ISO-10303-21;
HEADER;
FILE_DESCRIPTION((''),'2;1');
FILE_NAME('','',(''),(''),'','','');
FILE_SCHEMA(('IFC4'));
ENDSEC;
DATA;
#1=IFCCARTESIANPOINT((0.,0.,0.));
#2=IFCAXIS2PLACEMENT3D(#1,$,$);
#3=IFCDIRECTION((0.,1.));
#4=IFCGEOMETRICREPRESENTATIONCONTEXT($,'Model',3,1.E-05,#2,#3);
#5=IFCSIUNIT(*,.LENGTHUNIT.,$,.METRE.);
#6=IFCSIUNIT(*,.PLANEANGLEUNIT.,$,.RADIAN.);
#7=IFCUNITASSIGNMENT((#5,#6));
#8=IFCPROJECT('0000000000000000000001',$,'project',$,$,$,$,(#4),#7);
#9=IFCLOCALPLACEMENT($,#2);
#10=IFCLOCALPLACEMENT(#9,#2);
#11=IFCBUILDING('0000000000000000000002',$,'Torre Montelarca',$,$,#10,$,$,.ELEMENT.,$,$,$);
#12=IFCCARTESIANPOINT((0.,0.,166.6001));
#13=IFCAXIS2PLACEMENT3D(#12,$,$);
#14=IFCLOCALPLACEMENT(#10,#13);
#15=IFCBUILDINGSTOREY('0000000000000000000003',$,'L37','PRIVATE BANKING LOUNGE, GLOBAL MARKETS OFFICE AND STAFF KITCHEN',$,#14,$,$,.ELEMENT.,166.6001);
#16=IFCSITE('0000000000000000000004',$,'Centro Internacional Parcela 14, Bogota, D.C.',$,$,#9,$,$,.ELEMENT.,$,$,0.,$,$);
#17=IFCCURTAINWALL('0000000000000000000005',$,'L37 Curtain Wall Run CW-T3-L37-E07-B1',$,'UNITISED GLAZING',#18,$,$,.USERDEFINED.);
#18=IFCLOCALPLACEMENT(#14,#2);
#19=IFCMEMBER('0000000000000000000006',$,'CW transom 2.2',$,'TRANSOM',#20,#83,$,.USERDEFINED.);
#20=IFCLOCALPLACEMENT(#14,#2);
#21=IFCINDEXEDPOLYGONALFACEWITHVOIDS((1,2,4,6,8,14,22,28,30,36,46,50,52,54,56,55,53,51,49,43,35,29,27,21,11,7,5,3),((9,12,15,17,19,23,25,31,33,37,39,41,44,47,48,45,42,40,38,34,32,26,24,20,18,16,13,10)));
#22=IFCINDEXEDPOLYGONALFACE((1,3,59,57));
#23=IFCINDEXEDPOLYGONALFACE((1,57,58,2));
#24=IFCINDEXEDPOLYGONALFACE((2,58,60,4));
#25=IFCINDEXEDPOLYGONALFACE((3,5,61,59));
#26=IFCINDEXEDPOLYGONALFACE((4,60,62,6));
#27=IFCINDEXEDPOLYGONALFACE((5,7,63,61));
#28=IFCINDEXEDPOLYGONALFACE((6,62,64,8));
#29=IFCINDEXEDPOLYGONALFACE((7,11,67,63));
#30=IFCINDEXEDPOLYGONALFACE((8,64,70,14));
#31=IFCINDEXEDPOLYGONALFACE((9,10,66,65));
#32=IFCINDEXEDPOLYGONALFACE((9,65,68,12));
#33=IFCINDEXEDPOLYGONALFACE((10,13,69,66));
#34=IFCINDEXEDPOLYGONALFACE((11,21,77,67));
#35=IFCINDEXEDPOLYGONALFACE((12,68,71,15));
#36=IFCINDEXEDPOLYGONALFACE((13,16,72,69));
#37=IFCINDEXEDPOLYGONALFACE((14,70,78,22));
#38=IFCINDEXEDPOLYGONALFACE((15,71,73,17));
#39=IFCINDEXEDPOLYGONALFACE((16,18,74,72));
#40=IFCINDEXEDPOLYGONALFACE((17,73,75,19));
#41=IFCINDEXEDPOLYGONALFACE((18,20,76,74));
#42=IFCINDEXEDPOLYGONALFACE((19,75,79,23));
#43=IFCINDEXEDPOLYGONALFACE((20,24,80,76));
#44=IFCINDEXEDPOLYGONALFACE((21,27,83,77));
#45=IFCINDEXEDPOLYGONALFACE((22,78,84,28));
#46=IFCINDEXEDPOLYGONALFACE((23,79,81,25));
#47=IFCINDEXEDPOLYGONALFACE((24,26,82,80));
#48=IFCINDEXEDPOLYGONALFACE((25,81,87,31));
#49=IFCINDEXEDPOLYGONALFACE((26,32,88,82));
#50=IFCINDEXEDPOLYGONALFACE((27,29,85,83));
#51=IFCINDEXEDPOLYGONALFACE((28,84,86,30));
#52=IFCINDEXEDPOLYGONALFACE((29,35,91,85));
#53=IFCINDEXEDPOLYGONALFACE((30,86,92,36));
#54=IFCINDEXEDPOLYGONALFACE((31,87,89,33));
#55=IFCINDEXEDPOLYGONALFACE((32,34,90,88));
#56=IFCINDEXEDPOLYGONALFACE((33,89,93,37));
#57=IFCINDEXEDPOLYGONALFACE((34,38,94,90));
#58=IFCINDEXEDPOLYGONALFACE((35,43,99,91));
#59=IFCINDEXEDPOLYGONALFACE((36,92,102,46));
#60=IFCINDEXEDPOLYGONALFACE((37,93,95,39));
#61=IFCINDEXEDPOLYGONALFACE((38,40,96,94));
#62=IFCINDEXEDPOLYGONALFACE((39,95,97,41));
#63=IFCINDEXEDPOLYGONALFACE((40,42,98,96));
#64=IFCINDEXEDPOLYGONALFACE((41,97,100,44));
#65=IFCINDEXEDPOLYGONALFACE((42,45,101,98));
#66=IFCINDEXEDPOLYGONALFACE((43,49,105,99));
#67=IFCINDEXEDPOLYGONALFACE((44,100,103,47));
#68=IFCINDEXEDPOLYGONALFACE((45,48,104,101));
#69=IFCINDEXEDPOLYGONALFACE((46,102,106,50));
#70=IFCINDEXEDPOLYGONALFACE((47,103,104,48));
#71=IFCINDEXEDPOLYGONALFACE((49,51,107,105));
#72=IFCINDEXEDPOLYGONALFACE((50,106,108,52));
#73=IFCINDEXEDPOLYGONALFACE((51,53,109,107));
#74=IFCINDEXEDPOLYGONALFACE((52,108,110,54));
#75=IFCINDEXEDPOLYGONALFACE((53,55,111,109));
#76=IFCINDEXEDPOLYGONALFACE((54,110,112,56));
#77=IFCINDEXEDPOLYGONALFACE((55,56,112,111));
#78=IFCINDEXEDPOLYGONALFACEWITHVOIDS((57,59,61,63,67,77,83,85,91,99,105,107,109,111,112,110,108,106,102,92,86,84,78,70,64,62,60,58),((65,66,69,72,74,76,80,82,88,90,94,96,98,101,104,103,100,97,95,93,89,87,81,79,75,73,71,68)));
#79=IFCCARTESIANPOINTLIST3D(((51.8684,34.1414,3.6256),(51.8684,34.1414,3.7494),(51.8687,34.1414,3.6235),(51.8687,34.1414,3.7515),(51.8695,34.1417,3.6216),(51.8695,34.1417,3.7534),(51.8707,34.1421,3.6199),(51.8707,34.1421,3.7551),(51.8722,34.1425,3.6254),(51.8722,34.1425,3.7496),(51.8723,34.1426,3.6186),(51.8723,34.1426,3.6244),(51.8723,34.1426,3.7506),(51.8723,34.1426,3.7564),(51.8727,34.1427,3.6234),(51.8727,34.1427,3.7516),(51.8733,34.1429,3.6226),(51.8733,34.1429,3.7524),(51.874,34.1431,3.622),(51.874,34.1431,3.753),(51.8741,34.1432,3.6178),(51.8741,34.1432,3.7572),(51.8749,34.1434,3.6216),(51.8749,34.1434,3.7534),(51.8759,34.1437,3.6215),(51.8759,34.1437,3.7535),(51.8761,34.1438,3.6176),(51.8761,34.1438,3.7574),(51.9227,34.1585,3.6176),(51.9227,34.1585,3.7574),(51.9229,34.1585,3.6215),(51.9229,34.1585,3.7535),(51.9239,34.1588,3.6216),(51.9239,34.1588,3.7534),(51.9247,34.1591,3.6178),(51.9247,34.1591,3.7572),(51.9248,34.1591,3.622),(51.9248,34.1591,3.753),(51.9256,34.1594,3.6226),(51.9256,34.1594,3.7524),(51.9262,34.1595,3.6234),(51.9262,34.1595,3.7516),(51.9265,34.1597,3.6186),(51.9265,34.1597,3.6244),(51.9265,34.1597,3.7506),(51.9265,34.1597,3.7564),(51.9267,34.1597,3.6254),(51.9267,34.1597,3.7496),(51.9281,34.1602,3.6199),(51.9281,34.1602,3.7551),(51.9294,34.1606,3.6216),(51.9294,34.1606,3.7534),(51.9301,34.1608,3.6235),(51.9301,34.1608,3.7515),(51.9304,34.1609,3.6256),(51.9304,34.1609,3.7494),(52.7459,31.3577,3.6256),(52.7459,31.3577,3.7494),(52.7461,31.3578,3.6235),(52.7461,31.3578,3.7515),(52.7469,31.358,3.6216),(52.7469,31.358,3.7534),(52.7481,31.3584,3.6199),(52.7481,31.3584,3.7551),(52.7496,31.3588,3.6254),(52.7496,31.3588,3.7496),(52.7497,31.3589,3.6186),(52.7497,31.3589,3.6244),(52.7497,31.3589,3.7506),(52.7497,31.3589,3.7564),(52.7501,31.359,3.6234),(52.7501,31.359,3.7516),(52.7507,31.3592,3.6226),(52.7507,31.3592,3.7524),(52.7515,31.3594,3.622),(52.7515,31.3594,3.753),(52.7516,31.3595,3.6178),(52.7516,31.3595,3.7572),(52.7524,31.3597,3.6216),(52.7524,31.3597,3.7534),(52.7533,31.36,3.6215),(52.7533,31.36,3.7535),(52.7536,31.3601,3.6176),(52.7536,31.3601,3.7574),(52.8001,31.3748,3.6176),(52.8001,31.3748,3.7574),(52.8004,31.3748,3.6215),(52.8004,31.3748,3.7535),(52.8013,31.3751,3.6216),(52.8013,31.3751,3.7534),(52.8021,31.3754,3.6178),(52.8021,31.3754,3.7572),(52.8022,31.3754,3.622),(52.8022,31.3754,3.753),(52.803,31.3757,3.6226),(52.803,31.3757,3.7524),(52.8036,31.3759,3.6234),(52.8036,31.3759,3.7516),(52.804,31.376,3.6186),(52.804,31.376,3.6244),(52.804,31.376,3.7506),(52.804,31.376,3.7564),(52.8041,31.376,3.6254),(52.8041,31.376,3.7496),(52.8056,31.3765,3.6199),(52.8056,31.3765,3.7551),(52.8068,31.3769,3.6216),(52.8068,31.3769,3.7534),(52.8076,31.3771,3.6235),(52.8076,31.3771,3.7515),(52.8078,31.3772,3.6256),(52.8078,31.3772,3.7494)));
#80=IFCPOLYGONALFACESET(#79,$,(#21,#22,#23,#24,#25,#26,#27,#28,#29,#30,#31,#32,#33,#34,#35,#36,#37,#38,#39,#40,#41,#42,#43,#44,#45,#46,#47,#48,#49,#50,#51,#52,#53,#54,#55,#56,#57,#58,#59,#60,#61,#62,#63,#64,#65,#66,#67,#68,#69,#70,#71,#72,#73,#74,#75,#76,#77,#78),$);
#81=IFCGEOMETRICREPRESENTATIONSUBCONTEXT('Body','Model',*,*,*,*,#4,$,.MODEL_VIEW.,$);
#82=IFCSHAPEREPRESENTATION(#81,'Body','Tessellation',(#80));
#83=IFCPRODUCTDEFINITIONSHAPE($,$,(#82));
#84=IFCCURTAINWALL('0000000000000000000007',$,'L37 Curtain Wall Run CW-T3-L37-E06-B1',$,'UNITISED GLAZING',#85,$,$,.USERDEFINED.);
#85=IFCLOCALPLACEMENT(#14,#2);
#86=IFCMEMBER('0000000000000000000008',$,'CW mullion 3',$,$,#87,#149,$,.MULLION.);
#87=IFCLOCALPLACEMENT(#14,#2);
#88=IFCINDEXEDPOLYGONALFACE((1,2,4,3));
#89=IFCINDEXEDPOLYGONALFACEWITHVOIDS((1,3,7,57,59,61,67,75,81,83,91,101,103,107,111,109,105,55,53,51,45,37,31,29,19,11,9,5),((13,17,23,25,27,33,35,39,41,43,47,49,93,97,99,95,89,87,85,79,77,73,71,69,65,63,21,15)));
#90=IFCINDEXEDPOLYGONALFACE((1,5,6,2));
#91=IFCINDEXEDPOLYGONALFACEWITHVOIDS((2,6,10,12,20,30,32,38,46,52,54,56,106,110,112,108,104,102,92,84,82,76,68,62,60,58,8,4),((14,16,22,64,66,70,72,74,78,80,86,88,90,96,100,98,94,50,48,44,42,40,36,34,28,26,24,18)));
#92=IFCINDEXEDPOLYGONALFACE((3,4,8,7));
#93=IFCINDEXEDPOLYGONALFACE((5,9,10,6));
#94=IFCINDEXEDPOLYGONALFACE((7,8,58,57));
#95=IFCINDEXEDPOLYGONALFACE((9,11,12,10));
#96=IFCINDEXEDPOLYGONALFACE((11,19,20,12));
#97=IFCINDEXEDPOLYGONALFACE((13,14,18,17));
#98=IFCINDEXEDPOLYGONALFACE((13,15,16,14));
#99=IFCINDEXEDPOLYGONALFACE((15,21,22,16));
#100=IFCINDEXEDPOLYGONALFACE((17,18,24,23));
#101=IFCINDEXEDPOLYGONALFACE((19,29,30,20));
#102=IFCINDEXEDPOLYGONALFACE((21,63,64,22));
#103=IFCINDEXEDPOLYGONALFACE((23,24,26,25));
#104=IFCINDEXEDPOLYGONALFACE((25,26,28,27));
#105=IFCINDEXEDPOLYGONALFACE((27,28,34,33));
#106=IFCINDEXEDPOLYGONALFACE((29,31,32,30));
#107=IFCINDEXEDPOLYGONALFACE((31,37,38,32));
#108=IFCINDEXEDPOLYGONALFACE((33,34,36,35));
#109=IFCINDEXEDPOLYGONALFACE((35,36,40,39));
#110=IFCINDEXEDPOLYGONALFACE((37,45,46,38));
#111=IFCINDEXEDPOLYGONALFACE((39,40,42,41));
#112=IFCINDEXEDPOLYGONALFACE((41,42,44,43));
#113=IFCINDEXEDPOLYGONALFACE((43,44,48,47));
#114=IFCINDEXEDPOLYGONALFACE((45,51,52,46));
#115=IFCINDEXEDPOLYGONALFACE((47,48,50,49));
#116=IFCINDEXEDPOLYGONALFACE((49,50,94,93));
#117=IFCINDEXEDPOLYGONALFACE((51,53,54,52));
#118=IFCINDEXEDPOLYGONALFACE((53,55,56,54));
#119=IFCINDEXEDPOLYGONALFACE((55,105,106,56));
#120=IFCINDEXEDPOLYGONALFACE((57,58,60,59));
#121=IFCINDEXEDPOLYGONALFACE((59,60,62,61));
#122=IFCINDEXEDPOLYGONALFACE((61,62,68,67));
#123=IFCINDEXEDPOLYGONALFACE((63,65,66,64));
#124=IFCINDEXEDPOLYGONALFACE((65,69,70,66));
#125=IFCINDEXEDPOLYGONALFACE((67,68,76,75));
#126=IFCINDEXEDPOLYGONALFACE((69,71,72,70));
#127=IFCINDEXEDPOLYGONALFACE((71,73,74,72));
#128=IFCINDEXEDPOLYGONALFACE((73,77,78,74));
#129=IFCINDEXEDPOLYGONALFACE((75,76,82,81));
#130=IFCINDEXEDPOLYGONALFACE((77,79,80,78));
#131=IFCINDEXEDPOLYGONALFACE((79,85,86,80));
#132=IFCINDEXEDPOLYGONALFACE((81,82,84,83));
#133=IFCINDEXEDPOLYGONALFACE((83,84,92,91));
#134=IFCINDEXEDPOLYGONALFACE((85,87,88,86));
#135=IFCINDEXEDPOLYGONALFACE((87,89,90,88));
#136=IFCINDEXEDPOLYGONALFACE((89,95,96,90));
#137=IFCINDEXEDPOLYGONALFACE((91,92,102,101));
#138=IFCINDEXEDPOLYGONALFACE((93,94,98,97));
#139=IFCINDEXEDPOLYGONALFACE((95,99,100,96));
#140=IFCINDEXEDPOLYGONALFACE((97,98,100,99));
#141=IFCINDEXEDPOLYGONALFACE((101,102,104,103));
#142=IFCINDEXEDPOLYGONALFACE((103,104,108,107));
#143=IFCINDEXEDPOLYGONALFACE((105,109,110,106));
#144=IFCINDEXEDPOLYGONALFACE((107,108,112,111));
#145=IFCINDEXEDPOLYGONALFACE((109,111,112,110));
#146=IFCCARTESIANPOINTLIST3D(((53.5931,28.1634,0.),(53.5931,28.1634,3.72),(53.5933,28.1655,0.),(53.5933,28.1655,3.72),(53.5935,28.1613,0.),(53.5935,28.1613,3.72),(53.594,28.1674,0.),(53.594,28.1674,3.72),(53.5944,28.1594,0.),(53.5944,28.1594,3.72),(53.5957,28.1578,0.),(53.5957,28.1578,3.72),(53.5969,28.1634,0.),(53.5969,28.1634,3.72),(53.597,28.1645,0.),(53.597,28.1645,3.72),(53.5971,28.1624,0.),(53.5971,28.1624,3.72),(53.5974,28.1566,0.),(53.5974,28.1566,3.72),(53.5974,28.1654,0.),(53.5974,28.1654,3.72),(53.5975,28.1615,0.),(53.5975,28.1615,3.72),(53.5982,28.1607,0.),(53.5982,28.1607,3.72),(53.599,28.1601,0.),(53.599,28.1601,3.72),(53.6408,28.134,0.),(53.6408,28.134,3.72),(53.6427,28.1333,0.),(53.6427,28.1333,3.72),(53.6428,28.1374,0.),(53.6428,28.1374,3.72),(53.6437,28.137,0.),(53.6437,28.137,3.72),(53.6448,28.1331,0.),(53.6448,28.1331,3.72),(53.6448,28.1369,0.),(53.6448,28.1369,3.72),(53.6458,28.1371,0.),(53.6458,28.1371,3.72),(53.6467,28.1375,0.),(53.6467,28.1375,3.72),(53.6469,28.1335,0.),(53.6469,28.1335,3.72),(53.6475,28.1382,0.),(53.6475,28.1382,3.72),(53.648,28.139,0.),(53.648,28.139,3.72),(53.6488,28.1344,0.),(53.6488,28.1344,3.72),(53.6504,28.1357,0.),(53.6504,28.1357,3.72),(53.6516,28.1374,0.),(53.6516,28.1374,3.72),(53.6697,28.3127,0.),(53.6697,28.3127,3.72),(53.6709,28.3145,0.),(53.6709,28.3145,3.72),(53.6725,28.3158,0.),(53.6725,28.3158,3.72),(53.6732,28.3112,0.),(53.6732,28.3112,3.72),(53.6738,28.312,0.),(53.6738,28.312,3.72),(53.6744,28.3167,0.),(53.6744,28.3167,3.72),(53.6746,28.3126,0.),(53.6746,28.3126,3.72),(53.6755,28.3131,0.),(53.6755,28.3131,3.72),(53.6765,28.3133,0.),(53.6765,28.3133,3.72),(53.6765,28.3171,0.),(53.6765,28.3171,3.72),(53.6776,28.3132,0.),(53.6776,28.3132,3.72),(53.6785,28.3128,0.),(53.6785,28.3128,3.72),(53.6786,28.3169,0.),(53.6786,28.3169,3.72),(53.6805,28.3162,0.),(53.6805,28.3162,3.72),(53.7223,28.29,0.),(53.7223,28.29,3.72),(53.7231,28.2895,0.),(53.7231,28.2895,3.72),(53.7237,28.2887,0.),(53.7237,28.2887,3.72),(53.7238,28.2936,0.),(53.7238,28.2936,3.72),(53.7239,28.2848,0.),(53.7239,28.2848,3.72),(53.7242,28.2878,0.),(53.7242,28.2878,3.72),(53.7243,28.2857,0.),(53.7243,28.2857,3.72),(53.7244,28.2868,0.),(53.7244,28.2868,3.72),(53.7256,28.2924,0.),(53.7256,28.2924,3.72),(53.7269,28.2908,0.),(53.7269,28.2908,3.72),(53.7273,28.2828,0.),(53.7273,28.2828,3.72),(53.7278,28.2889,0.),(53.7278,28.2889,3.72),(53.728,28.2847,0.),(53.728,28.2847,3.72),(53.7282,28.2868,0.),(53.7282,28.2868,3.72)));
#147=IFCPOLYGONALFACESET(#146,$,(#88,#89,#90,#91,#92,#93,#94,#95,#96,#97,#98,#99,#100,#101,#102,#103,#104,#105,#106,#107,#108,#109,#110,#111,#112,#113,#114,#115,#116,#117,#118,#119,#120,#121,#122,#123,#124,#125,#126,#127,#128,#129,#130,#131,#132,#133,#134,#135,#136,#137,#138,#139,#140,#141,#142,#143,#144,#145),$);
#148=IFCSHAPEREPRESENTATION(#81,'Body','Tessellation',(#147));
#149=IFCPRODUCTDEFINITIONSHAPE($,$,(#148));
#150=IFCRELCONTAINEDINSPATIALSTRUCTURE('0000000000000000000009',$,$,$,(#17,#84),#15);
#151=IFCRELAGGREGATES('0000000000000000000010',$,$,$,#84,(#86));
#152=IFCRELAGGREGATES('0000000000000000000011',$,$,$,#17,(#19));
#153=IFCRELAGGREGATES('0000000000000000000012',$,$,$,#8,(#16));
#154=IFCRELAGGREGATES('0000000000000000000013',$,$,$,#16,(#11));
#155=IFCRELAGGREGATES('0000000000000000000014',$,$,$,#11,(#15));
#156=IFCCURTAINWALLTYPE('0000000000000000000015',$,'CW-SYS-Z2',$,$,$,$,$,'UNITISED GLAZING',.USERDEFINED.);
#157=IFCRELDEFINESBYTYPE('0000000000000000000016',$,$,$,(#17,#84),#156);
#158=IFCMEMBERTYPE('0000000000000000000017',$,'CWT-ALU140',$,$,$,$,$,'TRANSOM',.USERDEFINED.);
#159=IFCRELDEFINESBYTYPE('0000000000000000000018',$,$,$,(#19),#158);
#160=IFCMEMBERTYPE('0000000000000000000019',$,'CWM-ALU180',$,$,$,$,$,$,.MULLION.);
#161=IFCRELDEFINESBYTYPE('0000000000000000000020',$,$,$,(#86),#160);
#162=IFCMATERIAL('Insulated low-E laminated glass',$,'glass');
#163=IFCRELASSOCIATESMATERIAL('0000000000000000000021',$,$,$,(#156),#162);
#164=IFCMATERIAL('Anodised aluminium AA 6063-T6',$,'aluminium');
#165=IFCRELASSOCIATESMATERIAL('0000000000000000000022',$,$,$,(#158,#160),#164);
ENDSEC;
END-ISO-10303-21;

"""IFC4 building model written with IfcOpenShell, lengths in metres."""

from ifc_helpers import new_model, si_unit, direction, frame, origin, origin_2d, place, context, subcontext, project, spatial, hollow_rectangle, extrude, source, transform, mapped, material, material_profile, profile_set, type_object, element, aggregate, save


model = new_model("IFC4")

# Units and contexts
model_context = context("Model", 3, precision=1e-05, world=origin(), true_north=direction((0.0, 1.0)))
body_context = subcontext(model_context, "Body", "Model", "MODEL_VIEW")
ifc_project = project(units=[si_unit("LENGTHUNIT", "METRE"), si_unit("PLANEANGLEUNIT", "RADIAN")], contexts=[model_context])

# Site, building, storey
site_placement = place(None, origin())
site = spatial("IfcSite", under=ifc_project, at=site_placement, Name="Centro Internacional Parcela 14, Bogota, D.C.", CompositionType="ELEMENT", RefElevation=0.0)
building_placement = place(site_placement, origin())
building = spatial("IfcBuilding", under=site, at=building_placement, Name="Torre Montelarca", CompositionType="ELEMENT")
storey_placement = place(building_placement, frame((0.0, 0.0, 166.6001)))
storey = spatial("IfcBuildingStorey", under=building, at=storey_placement, Name="L37", Description="PRIVATE BANKING LOUNGE, GLOBAL MARKETS OFFICE AND STAFF KITCHEN", CompositionType="ELEMENT", Elevation=166.6001)

# Curtain wall, member
ifc_material_1 = material(Name="Insulated low-E laminated glass", Category="glass")
curtain_wall_type = type_object("IfcCurtainWallType", Name="CW-SYS-Z2", ElementType="UNITISED GLAZING", PredefinedType="USERDEFINED", material=ifc_material_1)
curtain_wall_1_placement = place(storey_placement, origin())
curtain_wall_1 = element("IfcCurtainWall", 1, at=curtain_wall_1_placement, inside=storey, type_object=curtain_wall_type, Name="L37 Curtain Wall Run CW-T3-L37-E07-B1", ObjectType="UNITISED GLAZING", PredefinedType="USERDEFINED")
ifc_material_2 = material(Name="Anodised aluminium AA 6063-T6", Category="aluminium")
ifc_material_profile_1 = material_profile(ifc_material_2, hollow_rectangle(XDim=0.0649, YDim=0.1399, WallThickness=0.0039, InnerFilletRadius=0.0039, OuterFilletRadius=0.0081, at=origin_2d()), Name="ALU65X140X4", Category="aluminium")
ifc_profile_set_1 = profile_set([ifc_material_profile_1], Name="Anodised aluminium AA 6063-T6")
member_type_1 = type_object("IfcMemberType", Name="CWT-ALU140", ElementType="TRANSOM", PredefinedType="USERDEFINED", material=ifc_profile_set_1)
shared_shape_1 = source(origin(), body_context, "Body", "SweptSolid", [
    extrude(hollow_rectangle(XDim=0.0649, YDim=0.1399, WallThickness=0.0039, InnerFilletRadius=0.0039, OuterFilletRadius=0.0081, at=origin_2d()), origin(), (0.0, 0.0, 1.0), 2.9187),
])
member_1_placement = place(storey_placement, frame((52.7769, 31.3674, 3.6875), z_axis=(-0.300627, 0.953742, 0.0), x_axis=(-0.953742, -0.300627, 0.0)))
member_1 = element("IfcMember", 2, at=member_1_placement, type_object=member_type_1, Name="CW transom 2.2", ObjectType="TRANSOM", PredefinedType="USERDEFINED", context=body_context, shape_type="MappedRepresentation", body=[
    mapped(shared_shape_1, transform((0.0, 0.0, 0.0), scale=1.0)),
])

# Curtain wall, member
curtain_wall_2_placement = place(storey_placement, origin())
curtain_wall_2 = element("IfcCurtainWall", 3, at=curtain_wall_2_placement, inside=storey, type_object=curtain_wall_type, Name="L37 Curtain Wall Run CW-T3-L37-E06-B1", ObjectType="UNITISED GLAZING", PredefinedType="USERDEFINED")
ifc_material_profile_2 = material_profile(ifc_material_2, hollow_rectangle(XDim=0.0649, YDim=0.1799, WallThickness=0.0039, InnerFilletRadius=0.0039, OuterFilletRadius=0.0081, at=origin_2d()), Name="ALU65X180X4", Category="aluminium")
ifc_profile_set_2 = profile_set([ifc_material_profile_2], Name="Anodised aluminium AA 6063-T6")
member_type_2 = type_object("IfcMemberType", Name="CWM-ALU180", PredefinedType="MULLION", material=ifc_profile_set_2)
shared_shape_2 = source(origin(), body_context, "Body", "SweptSolid", [
    extrude(hollow_rectangle(XDim=0.0649, YDim=0.1799, WallThickness=0.0039, InnerFilletRadius=0.0039, OuterFilletRadius=0.0081, at=origin_2d()), origin(), (0.0, 0.0, 1.0), 3.72),
])
member_2_placement = place(storey_placement, frame((53.6606, 28.2251, 0.0), z_axis=(0.0, 0.0, 1.0), x_axis=(-0.887014, 0.461743, 0.0)))
member_2 = element("IfcMember", 4, at=member_2_placement, type_object=member_type_2, Name="CW mullion 3", PredefinedType="MULLION", context=body_context, shape_type="MappedRepresentation", body=[
    mapped(shared_shape_2, transform((0.0, 0.0, 0.0), scale=1.0)),
])
aggregate(curtain_wall_2, [member_2])

aggregate(curtain_wall_1, [member_1])

save(model, "model.ifc")
